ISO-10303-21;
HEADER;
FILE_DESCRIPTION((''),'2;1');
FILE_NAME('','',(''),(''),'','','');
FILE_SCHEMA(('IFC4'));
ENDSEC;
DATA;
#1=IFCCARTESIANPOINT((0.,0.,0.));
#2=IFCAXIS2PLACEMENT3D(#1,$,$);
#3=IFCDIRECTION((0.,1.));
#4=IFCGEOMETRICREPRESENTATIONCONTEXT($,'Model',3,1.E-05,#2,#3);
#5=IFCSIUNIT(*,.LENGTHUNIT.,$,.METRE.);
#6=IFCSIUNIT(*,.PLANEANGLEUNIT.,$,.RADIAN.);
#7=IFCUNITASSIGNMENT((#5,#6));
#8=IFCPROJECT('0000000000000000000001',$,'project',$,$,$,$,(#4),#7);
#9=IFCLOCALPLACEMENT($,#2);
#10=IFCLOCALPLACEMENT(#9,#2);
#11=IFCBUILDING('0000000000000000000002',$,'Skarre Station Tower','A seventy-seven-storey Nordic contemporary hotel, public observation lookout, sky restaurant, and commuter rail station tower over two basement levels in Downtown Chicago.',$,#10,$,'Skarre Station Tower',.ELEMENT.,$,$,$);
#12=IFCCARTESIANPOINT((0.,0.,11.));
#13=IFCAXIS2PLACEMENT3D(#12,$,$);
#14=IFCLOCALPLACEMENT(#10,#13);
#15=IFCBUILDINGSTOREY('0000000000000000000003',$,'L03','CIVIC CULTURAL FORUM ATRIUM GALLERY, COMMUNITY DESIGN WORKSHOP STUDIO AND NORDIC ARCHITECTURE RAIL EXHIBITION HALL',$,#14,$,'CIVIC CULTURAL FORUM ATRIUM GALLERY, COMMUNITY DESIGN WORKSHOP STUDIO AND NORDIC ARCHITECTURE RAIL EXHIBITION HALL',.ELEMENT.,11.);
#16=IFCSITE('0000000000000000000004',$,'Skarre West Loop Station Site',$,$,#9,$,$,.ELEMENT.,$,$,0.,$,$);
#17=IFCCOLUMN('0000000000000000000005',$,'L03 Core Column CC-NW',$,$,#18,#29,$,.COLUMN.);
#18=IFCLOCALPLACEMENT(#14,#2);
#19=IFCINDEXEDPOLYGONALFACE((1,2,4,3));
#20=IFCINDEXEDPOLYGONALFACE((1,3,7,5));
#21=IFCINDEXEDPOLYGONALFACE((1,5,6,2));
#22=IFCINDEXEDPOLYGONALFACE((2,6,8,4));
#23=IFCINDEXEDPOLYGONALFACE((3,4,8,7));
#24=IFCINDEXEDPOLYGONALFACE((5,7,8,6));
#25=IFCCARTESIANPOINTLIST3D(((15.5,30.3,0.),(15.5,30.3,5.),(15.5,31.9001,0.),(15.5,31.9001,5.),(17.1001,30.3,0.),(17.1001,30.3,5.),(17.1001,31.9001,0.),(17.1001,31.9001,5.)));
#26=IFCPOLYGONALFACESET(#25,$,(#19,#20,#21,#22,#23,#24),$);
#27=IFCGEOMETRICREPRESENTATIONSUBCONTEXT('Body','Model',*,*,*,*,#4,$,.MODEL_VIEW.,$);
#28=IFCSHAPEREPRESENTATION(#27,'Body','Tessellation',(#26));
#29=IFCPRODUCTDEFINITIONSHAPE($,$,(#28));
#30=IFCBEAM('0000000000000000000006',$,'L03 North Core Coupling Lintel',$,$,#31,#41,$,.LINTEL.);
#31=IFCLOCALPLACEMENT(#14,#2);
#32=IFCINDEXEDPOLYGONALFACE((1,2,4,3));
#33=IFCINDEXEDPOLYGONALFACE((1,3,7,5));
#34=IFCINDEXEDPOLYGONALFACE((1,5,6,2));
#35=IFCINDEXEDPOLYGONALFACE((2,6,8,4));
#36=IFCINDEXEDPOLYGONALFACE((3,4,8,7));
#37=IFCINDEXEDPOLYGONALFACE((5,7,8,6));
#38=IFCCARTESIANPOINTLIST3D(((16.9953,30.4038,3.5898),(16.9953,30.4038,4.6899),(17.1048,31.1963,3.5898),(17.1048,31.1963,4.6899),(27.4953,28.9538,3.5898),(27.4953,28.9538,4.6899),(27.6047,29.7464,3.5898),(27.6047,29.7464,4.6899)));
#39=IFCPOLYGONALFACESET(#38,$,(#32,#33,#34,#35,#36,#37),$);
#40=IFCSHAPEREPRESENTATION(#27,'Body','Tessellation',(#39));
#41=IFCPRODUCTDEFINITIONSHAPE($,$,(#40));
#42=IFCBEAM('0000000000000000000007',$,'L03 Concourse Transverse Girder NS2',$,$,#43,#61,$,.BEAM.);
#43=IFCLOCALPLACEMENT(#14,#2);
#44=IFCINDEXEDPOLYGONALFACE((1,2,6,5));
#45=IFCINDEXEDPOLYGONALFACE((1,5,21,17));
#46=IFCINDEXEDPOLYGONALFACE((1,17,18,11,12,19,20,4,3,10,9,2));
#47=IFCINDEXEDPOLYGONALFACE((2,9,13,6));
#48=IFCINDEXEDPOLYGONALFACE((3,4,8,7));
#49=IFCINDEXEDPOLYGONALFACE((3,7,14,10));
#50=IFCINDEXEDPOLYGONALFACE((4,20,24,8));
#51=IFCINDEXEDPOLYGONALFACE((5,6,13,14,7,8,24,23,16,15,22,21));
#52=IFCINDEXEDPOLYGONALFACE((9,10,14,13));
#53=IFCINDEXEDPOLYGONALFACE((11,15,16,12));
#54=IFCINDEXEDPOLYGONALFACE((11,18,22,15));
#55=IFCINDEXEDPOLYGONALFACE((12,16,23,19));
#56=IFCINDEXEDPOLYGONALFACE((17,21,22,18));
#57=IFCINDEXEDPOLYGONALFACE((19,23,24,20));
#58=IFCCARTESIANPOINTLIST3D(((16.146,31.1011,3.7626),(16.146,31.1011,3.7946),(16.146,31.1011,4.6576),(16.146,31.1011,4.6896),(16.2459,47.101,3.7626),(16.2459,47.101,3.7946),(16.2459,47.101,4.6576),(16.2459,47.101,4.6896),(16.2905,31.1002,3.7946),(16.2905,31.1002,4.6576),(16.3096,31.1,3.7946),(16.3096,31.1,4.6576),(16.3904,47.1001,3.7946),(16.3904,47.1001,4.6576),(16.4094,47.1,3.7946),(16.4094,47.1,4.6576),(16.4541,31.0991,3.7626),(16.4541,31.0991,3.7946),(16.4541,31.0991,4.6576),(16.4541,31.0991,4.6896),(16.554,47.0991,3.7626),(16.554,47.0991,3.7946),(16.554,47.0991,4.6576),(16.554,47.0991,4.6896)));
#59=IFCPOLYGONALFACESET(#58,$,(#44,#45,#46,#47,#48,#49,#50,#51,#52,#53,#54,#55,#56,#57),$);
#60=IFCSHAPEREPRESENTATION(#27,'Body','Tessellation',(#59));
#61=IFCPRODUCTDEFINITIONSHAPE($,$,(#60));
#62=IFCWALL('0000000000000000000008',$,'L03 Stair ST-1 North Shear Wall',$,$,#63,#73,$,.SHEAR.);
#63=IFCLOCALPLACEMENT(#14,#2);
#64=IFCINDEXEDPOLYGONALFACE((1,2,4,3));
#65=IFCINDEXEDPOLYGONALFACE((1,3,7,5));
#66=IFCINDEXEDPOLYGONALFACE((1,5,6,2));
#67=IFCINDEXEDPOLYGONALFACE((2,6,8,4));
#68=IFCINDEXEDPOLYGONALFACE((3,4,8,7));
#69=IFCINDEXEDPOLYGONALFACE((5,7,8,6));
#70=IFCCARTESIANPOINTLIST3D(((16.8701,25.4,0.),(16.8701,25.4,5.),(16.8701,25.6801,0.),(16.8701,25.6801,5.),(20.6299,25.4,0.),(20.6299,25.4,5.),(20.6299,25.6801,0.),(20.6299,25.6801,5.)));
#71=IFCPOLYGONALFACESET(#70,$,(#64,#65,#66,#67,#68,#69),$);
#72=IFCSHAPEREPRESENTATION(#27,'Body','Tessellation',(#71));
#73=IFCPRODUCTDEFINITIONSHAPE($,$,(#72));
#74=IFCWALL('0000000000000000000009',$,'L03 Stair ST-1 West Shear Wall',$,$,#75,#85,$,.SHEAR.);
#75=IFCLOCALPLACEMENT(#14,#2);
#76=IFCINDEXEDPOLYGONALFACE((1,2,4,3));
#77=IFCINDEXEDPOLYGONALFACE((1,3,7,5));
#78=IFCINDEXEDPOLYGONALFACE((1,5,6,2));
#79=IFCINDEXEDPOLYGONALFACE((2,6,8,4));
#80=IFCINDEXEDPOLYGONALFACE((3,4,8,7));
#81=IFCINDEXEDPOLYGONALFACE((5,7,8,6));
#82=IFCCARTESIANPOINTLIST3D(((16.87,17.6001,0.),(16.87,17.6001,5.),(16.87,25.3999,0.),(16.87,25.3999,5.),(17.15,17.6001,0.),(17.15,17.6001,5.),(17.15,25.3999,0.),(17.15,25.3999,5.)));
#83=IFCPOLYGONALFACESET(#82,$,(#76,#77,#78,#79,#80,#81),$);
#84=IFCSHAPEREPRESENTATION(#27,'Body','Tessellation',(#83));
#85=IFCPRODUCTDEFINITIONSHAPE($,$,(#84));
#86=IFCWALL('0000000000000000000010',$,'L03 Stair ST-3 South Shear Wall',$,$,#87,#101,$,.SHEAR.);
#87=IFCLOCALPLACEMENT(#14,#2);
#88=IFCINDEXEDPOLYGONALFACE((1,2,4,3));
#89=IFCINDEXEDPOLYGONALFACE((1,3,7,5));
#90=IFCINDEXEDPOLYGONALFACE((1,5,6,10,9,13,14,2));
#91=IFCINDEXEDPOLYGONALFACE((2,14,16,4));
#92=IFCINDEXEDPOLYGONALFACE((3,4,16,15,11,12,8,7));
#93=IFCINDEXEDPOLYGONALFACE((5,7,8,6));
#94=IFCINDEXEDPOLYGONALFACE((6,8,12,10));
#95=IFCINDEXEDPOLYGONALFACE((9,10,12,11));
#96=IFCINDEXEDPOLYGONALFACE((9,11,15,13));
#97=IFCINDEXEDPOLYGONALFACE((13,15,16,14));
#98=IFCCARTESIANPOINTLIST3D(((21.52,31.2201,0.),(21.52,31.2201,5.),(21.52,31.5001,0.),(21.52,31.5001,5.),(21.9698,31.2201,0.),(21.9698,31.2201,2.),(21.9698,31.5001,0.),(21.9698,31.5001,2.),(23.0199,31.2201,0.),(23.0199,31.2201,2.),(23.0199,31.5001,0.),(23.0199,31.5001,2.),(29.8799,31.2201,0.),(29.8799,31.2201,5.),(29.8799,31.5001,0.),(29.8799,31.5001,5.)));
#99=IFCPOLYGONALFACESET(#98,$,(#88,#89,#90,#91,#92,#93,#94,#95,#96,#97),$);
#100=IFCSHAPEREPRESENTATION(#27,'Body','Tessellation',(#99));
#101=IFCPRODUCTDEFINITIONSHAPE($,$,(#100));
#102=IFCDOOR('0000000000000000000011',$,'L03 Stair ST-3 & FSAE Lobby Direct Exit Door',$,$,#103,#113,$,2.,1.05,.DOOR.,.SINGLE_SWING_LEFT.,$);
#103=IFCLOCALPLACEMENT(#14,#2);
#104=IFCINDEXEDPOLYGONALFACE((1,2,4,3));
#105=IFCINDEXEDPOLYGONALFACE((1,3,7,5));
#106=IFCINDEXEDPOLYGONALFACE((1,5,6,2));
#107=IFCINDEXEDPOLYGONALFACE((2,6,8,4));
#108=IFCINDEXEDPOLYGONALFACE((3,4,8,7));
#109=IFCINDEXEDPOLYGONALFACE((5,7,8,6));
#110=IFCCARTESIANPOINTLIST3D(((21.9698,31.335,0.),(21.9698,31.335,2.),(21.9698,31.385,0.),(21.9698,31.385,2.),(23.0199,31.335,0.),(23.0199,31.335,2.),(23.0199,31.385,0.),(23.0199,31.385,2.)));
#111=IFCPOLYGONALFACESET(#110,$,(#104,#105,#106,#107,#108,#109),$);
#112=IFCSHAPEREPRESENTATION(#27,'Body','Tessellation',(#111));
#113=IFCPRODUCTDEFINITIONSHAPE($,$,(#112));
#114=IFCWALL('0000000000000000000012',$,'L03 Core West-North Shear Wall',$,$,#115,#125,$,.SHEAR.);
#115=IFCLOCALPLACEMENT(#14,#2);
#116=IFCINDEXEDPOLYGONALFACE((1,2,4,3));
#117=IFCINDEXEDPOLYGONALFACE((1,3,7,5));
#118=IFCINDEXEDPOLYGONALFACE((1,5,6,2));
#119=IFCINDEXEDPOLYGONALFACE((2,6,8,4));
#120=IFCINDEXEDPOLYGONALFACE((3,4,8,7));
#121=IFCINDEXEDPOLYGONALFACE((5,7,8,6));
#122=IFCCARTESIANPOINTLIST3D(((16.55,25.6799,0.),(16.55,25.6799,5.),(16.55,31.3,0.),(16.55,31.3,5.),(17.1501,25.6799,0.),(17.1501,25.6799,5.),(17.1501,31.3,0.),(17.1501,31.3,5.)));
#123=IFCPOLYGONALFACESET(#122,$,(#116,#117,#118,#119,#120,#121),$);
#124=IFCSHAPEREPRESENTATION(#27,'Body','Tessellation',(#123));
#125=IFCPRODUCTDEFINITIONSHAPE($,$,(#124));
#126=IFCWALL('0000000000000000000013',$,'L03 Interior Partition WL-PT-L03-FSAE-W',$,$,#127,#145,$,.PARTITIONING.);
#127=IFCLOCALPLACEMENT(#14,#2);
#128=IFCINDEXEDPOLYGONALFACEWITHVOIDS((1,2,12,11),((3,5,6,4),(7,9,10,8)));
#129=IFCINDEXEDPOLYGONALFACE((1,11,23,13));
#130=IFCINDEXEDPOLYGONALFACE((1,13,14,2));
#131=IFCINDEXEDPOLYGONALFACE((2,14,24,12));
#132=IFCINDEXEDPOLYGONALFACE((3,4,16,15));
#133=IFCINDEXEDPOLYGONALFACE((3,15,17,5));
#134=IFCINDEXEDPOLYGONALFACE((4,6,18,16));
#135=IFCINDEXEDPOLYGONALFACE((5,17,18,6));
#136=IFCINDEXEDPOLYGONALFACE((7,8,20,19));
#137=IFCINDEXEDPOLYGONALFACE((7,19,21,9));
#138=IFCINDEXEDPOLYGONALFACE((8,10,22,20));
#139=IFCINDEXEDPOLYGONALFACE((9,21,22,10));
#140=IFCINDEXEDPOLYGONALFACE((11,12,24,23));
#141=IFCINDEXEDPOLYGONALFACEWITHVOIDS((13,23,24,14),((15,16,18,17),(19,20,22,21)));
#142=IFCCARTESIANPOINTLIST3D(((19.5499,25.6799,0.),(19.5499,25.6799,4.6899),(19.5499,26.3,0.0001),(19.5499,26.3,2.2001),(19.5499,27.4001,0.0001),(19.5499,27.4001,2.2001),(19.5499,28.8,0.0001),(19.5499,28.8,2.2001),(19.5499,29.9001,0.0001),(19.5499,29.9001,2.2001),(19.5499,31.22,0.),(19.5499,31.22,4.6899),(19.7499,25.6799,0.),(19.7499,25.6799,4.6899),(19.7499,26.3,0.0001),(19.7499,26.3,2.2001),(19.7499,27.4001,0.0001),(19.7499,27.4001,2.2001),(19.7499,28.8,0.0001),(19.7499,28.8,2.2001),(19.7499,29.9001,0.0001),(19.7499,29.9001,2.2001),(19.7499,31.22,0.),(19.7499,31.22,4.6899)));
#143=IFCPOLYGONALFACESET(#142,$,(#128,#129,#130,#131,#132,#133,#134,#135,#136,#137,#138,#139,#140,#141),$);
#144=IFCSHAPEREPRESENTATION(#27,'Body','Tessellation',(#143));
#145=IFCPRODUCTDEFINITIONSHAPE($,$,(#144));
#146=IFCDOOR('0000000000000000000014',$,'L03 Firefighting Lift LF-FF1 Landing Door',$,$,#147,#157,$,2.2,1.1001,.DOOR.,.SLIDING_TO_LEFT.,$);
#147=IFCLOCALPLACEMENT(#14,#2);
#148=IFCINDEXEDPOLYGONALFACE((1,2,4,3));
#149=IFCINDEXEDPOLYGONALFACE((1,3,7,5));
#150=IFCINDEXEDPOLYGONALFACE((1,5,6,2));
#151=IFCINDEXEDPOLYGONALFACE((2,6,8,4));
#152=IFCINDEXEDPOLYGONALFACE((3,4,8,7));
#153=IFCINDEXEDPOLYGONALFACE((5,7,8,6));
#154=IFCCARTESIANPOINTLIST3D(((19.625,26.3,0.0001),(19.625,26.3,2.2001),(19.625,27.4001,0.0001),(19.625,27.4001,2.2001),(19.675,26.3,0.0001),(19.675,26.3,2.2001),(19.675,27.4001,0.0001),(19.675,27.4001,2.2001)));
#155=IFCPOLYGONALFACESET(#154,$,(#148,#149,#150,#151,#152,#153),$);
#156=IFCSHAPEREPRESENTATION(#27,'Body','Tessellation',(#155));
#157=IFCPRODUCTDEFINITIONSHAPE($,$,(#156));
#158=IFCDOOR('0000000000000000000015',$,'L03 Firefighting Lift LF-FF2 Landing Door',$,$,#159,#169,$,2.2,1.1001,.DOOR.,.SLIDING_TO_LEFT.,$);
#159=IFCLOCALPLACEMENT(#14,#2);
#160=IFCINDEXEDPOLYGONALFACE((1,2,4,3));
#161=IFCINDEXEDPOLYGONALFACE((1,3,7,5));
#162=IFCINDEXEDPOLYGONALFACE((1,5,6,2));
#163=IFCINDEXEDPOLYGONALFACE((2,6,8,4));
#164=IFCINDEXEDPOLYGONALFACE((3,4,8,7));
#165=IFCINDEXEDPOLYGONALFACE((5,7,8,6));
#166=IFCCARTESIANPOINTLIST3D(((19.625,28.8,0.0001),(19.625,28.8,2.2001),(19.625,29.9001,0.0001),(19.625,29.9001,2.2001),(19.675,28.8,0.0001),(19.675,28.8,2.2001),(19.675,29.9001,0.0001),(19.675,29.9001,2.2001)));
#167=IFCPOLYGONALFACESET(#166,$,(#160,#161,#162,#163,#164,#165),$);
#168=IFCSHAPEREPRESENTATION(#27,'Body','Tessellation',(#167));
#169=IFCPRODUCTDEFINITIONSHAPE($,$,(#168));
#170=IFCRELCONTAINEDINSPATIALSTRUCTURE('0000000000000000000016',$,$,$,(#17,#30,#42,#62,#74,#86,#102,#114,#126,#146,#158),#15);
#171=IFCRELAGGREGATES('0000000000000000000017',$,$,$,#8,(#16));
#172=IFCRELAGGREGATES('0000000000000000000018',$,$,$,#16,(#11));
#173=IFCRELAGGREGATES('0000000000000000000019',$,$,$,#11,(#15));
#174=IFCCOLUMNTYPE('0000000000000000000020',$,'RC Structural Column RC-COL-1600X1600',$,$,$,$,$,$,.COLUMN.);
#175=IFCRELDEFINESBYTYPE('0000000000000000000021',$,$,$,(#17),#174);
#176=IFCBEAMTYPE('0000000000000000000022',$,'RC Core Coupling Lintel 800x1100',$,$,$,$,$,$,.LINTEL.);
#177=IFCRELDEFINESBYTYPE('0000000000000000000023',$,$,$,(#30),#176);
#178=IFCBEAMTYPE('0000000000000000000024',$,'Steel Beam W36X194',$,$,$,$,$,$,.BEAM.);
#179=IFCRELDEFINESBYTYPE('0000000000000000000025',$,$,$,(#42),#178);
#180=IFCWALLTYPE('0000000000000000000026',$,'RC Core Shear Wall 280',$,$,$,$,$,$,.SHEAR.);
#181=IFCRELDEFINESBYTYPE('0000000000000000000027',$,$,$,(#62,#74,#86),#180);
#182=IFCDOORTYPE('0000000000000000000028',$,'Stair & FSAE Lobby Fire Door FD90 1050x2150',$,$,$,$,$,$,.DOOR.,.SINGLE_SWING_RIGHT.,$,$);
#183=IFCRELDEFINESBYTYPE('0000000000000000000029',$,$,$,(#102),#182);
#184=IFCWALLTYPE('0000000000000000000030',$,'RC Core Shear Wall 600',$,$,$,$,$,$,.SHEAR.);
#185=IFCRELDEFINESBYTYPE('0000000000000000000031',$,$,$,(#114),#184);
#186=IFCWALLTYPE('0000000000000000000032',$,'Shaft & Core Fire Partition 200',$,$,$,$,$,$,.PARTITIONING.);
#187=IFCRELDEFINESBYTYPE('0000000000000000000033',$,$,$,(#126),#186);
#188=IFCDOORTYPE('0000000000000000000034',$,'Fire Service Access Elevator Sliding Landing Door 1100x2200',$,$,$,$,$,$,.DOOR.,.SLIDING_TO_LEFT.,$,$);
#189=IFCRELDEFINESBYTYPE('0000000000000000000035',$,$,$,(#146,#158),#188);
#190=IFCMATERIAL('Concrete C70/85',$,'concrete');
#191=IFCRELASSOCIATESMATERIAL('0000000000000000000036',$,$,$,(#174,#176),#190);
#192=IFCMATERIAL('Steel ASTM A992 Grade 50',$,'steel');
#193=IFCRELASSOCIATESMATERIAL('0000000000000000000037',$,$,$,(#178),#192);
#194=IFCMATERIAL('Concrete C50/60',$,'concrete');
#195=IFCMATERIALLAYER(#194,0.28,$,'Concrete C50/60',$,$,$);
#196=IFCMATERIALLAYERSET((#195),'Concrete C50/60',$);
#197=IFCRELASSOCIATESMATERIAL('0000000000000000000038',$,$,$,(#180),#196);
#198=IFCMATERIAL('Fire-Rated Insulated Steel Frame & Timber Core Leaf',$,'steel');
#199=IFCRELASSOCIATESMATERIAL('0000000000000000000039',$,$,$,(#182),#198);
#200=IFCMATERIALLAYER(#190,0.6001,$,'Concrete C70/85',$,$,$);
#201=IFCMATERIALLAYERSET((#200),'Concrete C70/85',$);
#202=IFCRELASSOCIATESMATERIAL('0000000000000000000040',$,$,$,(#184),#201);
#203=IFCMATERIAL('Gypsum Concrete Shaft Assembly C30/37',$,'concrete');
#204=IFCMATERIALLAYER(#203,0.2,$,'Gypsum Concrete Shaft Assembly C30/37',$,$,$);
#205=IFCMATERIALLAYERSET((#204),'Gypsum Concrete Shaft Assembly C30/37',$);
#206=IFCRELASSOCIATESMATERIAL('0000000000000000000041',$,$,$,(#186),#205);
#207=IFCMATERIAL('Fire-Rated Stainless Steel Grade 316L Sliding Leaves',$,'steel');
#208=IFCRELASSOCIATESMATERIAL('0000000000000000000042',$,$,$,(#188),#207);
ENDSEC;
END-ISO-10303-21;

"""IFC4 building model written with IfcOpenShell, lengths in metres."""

from ifc_helpers import new_model, si_unit, direction, frame, frame_2d, origin, origin_2d, place, context, subcontext, project, spatial, rectangle, i_section, extrude, material, layer, layer_set, material_profile, profile_set, type_object, element, fill, save


model = new_model("IFC4")

# Units and contexts
model_context = context("Model", 3, precision=1e-05, world=origin(), true_north=direction((0.0, 1.0)))
body_context = subcontext(model_context, "Body", "Model", "MODEL_VIEW")
ifc_project = project(units=[si_unit("LENGTHUNIT", "METRE"), si_unit("PLANEANGLEUNIT", "RADIAN")], contexts=[model_context])

# Site, building, storey
site_placement = place(None, origin())
site = spatial("IfcSite", under=ifc_project, at=site_placement, Name="Skarre West Loop Station Site", CompositionType="ELEMENT", RefElevation=0.0)
building_placement = place(site_placement, origin())
building = spatial("IfcBuilding", under=site, at=building_placement, Name="Skarre Station Tower", Description="A seventy-seven-storey Nordic contemporary hotel, public observation lookout, sky restaurant, and commuter rail station tower over two basement levels in Downtown Chicago.", LongName="Skarre Station Tower", CompositionType="ELEMENT")
storey_placement = place(building_placement, frame((0.0, 0.0, 11.0)))
storey = spatial("IfcBuildingStorey", under=building, at=storey_placement, Name="L03", Description="CIVIC CULTURAL FORUM ATRIUM GALLERY, COMMUNITY DESIGN WORKSHOP STUDIO AND NORDIC ARCHITECTURE RAIL EXHIBITION HALL", LongName="CIVIC CULTURAL FORUM ATRIUM GALLERY, COMMUNITY DESIGN WORKSHOP STUDIO AND NORDIC ARCHITECTURE RAIL EXHIBITION HALL", CompositionType="ELEMENT", Elevation=11.0)

# Column
ifc_material_1 = material(Name="Concrete C70/85", Category="concrete")
ifc_material_profile_1 = material_profile(ifc_material_1, rectangle(XDim=1.6001, YDim=1.6001, at=origin_2d()), Name="Concrete C70/85")
ifc_profile_set_1 = profile_set([ifc_material_profile_1], Name="Concrete C70/85")
column_type = type_object("IfcColumnType", Name="RC Structural Column RC-COL-1600X1600", PredefinedType="COLUMN", material=ifc_profile_set_1)
column_placement = place(storey_placement, frame((16.3, 31.1001, 0.0), z_axis=(0.0, 0.0, 1.0), x_axis=(1.0, 0.0, 0.0)))
element("IfcColumn", 1, at=column_placement, inside=storey, type_object=column_type, Name="L03 Core Column CC-NW", PredefinedType="COLUMN", context=body_context, shape_type="SweptSolid", body=[
    extrude(rectangle(XDim=1.6001, YDim=1.6001, at=origin_2d()), origin(), (0.0, 0.0, 1.0), 5.0),
])

# Beams
ifc_material_profile_2 = material_profile(ifc_material_1, rectangle(XDim=0.8, YDim=1.1001, at=origin_2d()), Name="Concrete C70/85")
ifc_profile_set_2 = profile_set([ifc_material_profile_2], Name="Concrete C70/85")
beam_type_1 = type_object("IfcBeamType", Name="RC Core Coupling Lintel 800x1100", PredefinedType="LINTEL", material=ifc_profile_set_2)
beam_1_placement = place(storey_placement, frame((17.05, 30.8, 4.1399), z_axis=(0.9906, -0.136792, 0.0), x_axis=(0.136792, 0.9906, 0.0)))
element("IfcBeam", 2, at=beam_1_placement, inside=storey, type_object=beam_type_1, Name="L03 North Core Coupling Lintel", PredefinedType="LINTEL", context=body_context, shape_type="SweptSolid", body=[
    extrude(rectangle(XDim=0.8, YDim=1.1001, at=origin_2d()), origin(), (0.0, 0.0, 1.0), 10.5996),
])
ifc_material_2 = material(Name="Steel ASTM A992 Grade 50", Category="steel")
ifc_material_profile_3 = material_profile(ifc_material_2, i_section(OverallWidth=0.3081, OverallDepth=0.927, WebThickness=0.019, FlangeThickness=0.032, at=origin_2d()), Name="Steel ASTM A992 Grade 50")
ifc_profile_set_3 = profile_set([ifc_material_profile_3], Name="Steel ASTM A992 Grade 50")
beam_type_2 = type_object("IfcBeamType", Name="Steel Beam W36X194", PredefinedType="BEAM", material=ifc_profile_set_3)
beam_2_placement = place(storey_placement, frame((16.3, 31.1001, 4.2261), z_axis=(0.006241, 0.999981, 0.0), x_axis=(-0.999981, 0.006241, 0.0)))
element("IfcBeam", 3, at=beam_2_placement, inside=storey, type_object=beam_type_2, Name="L03 Concourse Transverse Girder NS2", PredefinedType="BEAM", context=body_context, shape_type="SweptSolid", body=[
    extrude(i_section(OverallWidth=0.3081, OverallDepth=0.927, WebThickness=0.019, FlangeThickness=0.032, at=origin_2d()), origin(), (0.0, 0.0, 1.0), 16.0002),
])

# Walls
ifc_material_3 = material(Name="Concrete C50/60", Category="concrete")
ifc_layer_1 = layer(ifc_material_3, 0.28, Name="Concrete C50/60")
ifc_layer_set_1 = layer_set([ifc_layer_1], Name="Concrete C50/60")
wall_type_1 = type_object("IfcWallType", Name="RC Core Shear Wall 280", PredefinedType="SHEAR", material=ifc_layer_set_1)
wall_1_placement = place(storey_placement, frame((20.6299, 25.54, 0.0), z_axis=(0.0, 0.0, 1.0), x_axis=(-1.0, 0.0, 0.0)))
element("IfcWall", 4, at=wall_1_placement, inside=storey, type_object=wall_type_1, Name="L03 Stair ST-1 North Shear Wall", PredefinedType="SHEAR", context=body_context, shape_type="SweptSolid", body=[
    extrude(rectangle(XDim=3.7598, YDim=0.28, at=frame_2d((1.8799, 0.0))), origin(), (0.0, 0.0, 1.0), 5.0),
])
wall_2_placement = place(storey_placement, frame((17.01, 25.3999, 0.0), z_axis=(0.0, 0.0, 1.0), x_axis=(0.0, -1.0, 0.0)))
element("IfcWall", 5, at=wall_2_placement, inside=storey, type_object=wall_type_1, Name="L03 Stair ST-1 West Shear Wall", PredefinedType="SHEAR", context=body_context, shape_type="SweptSolid", body=[
    extrude(rectangle(XDim=7.7998, YDim=0.28, at=frame_2d((3.8999, 0.0))), origin(), (0.0, 0.0, 1.0), 5.0),
])

# Wall, opening, door
wall_3_placement = place(storey_placement, frame((21.52, 31.3601, 0.0), z_axis=(0.0, 0.0, 1.0), x_axis=(1.0, 0.0, 0.0)))
wall_3 = element("IfcWall", 6, at=wall_3_placement, inside=storey, type_object=wall_type_1, Name="L03 Stair ST-3 South Shear Wall", PredefinedType="SHEAR", context=body_context, shape_type="SweptSolid", body=[
    extrude(rectangle(XDim=8.3599, YDim=0.28, at=frame_2d((4.1799, 0.0))), origin(), (0.0, 0.0, 1.0), 5.0),
])
opening_1_placement = place(wall_3_placement, frame((0.45, 0.0, 0.0)))
opening_1 = element("IfcOpeningElement", 7, at=opening_1_placement, cuts=wall_3, PredefinedType="OPENING", context=body_context, shape_type="SweptSolid", body=[
    extrude(rectangle(XDim=1.05, YDim=2.0, at=frame_2d((0.5249, 1.0))), frame((0.0, 0.1499, 0.0), z_axis=(0.0, -1.0, 0.0), x_axis=(1.0, 0.0, 0.0)), (0.0, 0.0, 1.0), 0.3),
])
ifc_material_4 = material(Name="Fire-Rated Insulated Steel Frame & Timber Core Leaf", Category="steel")
door_type_1 = type_object("IfcDoorType", Name="Stair & FSAE Lobby Fire Door FD90 1050x2150", OperationType="SINGLE_SWING_RIGHT", PredefinedType="DOOR", material=ifc_material_4)
door_1_placement = place(opening_1_placement, origin())
door_1 = element("IfcDoor", 8, at=door_1_placement, inside=storey, type_object=door_type_1, Name="L03 Stair ST-3 & FSAE Lobby Direct Exit Door", OperationType="SINGLE_SWING_LEFT", OverallHeight=2.0, OverallWidth=1.05, PredefinedType="DOOR", context=body_context, shape_type="SweptSolid", body=[
    extrude(rectangle(XDim=1.05, YDim=2.0, at=frame_2d((0.5249, 1.0))), frame((0.0, 0.0249, 0.0), z_axis=(0.0, -1.0, 0.0), x_axis=(1.0, 0.0, 0.0)), (0.0, 0.0, 1.0), 0.05),
])
fill(opening_1, door_1)

# Wall
ifc_layer_2 = layer(ifc_material_1, 0.6001, Name="Concrete C70/85")
ifc_layer_set_2 = layer_set([ifc_layer_2], Name="Concrete C70/85")
wall_type_2 = type_object("IfcWallType", Name="RC Core Shear Wall 600", PredefinedType="SHEAR", material=ifc_layer_set_2)
wall_4_placement = place(storey_placement, frame((16.8501, 25.6799, 0.0), z_axis=(0.0, 0.0, 1.0), x_axis=(0.0, 1.0, 0.0)))
element("IfcWall", 9, at=wall_4_placement, inside=storey, type_object=wall_type_2, Name="L03 Core West-North Shear Wall", PredefinedType="SHEAR", context=body_context, shape_type="SweptSolid", body=[
    extrude(rectangle(XDim=5.6201, YDim=0.6001, at=frame_2d((2.8101, 0.0))), origin(), (0.0, 0.0, 1.0), 5.0),
])

# Wall, openings, doors
ifc_material_5 = material(Name="Gypsum Concrete Shaft Assembly C30/37", Category="concrete")
ifc_layer_3 = layer(ifc_material_5, 0.2, Name="Gypsum Concrete Shaft Assembly C30/37")
ifc_layer_set_3 = layer_set([ifc_layer_3], Name="Gypsum Concrete Shaft Assembly C30/37")
wall_type_3 = type_object("IfcWallType", Name="Shaft & Core Fire Partition 200", PredefinedType="PARTITIONING", material=ifc_layer_set_3)
wall_5_placement = place(storey_placement, frame((19.6499, 25.6799, 0.0), z_axis=(0.0, 0.0, 1.0), x_axis=(0.0, 1.0, 0.0)))
wall_5 = element("IfcWall", 10, at=wall_5_placement, inside=storey, type_object=wall_type_3, Name="L03 Interior Partition WL-PT-L03-FSAE-W", PredefinedType="PARTITIONING", context=body_context, shape_type="SweptSolid", body=[
    extrude(rectangle(XDim=5.54, YDim=0.2, at=frame_2d((2.77, 0.0))), origin(), (0.0, 0.0, 1.0), 4.6899),
])
opening_2_placement = place(wall_5_placement, frame((0.6201, 0.0, 0.0)))
opening_2 = element("IfcOpeningElement", 11, at=opening_2_placement, cuts=wall_5, PredefinedType="OPENING", context=body_context, shape_type="SweptSolid", body=[
    extrude(rectangle(XDim=1.1001, YDim=2.2, at=frame_2d((0.55, 1.1001))), frame((0.0, 0.1099, 0.0), z_axis=(0.0, -1.0, 0.0), x_axis=(1.0, 0.0, 0.0)), (0.0, 0.0, 1.0), 0.22),
])
opening_3_placement = place(wall_5_placement, frame((3.1201, 0.0, 0.0)))
opening_3 = element("IfcOpeningElement", 12, at=opening_3_placement, cuts=wall_5, PredefinedType="OPENING", context=body_context, shape_type="SweptSolid", body=[
    extrude(rectangle(XDim=1.1001, YDim=2.2, at=frame_2d((0.55, 1.1001))), frame((0.0, 0.1099, 0.0), z_axis=(0.0, -1.0, 0.0), x_axis=(1.0, 0.0, 0.0)), (0.0, 0.0, 1.0), 0.22),
])
ifc_material_6 = material(Name="Fire-Rated Stainless Steel Grade 316L Sliding Leaves", Category="steel")
door_type_2 = type_object("IfcDoorType", Name="Fire Service Access Elevator Sliding Landing Door 1100x2200", OperationType="SLIDING_TO_LEFT", PredefinedType="DOOR", material=ifc_material_6)
door_2_placement = place(opening_2_placement, origin())
door_2 = element("IfcDoor", 13, at=door_2_placement, inside=storey, type_object=door_type_2, Name="L03 Firefighting Lift LF-FF1 Landing Door", OperationType="SLIDING_TO_LEFT", OverallHeight=2.2, OverallWidth=1.1001, PredefinedType="DOOR", context=body_context, shape_type="SweptSolid", body=[
    extrude(rectangle(XDim=1.1001, YDim=2.2, at=frame_2d((0.55, 1.1001))), frame((0.0, 0.0249, 0.0), z_axis=(0.0, -1.0, 0.0), x_axis=(1.0, 0.0, 0.0)), (0.0, 0.0, 1.0), 0.05),
])
fill(opening_2, door_2)
door_3_placement = place(opening_3_placement, origin())
door_3 = element("IfcDoor", 14, at=door_3_placement, inside=storey, type_object=door_type_2, Name="L03 Firefighting Lift LF-FF2 Landing Door", OperationType="SLIDING_TO_LEFT", OverallHeight=2.2, OverallWidth=1.1001, PredefinedType="DOOR", context=body_context, shape_type="SweptSolid", body=[
    extrude(rectangle(XDim=1.1001, YDim=2.2, at=frame_2d((0.55, 1.1001))), frame((0.0, 0.0249, 0.0), z_axis=(0.0, -1.0, 0.0), x_axis=(1.0, 0.0, 0.0)), (0.0, 0.0, 1.0), 0.05),
])
fill(opening_3, door_3)

save(model, "model.ifc")
